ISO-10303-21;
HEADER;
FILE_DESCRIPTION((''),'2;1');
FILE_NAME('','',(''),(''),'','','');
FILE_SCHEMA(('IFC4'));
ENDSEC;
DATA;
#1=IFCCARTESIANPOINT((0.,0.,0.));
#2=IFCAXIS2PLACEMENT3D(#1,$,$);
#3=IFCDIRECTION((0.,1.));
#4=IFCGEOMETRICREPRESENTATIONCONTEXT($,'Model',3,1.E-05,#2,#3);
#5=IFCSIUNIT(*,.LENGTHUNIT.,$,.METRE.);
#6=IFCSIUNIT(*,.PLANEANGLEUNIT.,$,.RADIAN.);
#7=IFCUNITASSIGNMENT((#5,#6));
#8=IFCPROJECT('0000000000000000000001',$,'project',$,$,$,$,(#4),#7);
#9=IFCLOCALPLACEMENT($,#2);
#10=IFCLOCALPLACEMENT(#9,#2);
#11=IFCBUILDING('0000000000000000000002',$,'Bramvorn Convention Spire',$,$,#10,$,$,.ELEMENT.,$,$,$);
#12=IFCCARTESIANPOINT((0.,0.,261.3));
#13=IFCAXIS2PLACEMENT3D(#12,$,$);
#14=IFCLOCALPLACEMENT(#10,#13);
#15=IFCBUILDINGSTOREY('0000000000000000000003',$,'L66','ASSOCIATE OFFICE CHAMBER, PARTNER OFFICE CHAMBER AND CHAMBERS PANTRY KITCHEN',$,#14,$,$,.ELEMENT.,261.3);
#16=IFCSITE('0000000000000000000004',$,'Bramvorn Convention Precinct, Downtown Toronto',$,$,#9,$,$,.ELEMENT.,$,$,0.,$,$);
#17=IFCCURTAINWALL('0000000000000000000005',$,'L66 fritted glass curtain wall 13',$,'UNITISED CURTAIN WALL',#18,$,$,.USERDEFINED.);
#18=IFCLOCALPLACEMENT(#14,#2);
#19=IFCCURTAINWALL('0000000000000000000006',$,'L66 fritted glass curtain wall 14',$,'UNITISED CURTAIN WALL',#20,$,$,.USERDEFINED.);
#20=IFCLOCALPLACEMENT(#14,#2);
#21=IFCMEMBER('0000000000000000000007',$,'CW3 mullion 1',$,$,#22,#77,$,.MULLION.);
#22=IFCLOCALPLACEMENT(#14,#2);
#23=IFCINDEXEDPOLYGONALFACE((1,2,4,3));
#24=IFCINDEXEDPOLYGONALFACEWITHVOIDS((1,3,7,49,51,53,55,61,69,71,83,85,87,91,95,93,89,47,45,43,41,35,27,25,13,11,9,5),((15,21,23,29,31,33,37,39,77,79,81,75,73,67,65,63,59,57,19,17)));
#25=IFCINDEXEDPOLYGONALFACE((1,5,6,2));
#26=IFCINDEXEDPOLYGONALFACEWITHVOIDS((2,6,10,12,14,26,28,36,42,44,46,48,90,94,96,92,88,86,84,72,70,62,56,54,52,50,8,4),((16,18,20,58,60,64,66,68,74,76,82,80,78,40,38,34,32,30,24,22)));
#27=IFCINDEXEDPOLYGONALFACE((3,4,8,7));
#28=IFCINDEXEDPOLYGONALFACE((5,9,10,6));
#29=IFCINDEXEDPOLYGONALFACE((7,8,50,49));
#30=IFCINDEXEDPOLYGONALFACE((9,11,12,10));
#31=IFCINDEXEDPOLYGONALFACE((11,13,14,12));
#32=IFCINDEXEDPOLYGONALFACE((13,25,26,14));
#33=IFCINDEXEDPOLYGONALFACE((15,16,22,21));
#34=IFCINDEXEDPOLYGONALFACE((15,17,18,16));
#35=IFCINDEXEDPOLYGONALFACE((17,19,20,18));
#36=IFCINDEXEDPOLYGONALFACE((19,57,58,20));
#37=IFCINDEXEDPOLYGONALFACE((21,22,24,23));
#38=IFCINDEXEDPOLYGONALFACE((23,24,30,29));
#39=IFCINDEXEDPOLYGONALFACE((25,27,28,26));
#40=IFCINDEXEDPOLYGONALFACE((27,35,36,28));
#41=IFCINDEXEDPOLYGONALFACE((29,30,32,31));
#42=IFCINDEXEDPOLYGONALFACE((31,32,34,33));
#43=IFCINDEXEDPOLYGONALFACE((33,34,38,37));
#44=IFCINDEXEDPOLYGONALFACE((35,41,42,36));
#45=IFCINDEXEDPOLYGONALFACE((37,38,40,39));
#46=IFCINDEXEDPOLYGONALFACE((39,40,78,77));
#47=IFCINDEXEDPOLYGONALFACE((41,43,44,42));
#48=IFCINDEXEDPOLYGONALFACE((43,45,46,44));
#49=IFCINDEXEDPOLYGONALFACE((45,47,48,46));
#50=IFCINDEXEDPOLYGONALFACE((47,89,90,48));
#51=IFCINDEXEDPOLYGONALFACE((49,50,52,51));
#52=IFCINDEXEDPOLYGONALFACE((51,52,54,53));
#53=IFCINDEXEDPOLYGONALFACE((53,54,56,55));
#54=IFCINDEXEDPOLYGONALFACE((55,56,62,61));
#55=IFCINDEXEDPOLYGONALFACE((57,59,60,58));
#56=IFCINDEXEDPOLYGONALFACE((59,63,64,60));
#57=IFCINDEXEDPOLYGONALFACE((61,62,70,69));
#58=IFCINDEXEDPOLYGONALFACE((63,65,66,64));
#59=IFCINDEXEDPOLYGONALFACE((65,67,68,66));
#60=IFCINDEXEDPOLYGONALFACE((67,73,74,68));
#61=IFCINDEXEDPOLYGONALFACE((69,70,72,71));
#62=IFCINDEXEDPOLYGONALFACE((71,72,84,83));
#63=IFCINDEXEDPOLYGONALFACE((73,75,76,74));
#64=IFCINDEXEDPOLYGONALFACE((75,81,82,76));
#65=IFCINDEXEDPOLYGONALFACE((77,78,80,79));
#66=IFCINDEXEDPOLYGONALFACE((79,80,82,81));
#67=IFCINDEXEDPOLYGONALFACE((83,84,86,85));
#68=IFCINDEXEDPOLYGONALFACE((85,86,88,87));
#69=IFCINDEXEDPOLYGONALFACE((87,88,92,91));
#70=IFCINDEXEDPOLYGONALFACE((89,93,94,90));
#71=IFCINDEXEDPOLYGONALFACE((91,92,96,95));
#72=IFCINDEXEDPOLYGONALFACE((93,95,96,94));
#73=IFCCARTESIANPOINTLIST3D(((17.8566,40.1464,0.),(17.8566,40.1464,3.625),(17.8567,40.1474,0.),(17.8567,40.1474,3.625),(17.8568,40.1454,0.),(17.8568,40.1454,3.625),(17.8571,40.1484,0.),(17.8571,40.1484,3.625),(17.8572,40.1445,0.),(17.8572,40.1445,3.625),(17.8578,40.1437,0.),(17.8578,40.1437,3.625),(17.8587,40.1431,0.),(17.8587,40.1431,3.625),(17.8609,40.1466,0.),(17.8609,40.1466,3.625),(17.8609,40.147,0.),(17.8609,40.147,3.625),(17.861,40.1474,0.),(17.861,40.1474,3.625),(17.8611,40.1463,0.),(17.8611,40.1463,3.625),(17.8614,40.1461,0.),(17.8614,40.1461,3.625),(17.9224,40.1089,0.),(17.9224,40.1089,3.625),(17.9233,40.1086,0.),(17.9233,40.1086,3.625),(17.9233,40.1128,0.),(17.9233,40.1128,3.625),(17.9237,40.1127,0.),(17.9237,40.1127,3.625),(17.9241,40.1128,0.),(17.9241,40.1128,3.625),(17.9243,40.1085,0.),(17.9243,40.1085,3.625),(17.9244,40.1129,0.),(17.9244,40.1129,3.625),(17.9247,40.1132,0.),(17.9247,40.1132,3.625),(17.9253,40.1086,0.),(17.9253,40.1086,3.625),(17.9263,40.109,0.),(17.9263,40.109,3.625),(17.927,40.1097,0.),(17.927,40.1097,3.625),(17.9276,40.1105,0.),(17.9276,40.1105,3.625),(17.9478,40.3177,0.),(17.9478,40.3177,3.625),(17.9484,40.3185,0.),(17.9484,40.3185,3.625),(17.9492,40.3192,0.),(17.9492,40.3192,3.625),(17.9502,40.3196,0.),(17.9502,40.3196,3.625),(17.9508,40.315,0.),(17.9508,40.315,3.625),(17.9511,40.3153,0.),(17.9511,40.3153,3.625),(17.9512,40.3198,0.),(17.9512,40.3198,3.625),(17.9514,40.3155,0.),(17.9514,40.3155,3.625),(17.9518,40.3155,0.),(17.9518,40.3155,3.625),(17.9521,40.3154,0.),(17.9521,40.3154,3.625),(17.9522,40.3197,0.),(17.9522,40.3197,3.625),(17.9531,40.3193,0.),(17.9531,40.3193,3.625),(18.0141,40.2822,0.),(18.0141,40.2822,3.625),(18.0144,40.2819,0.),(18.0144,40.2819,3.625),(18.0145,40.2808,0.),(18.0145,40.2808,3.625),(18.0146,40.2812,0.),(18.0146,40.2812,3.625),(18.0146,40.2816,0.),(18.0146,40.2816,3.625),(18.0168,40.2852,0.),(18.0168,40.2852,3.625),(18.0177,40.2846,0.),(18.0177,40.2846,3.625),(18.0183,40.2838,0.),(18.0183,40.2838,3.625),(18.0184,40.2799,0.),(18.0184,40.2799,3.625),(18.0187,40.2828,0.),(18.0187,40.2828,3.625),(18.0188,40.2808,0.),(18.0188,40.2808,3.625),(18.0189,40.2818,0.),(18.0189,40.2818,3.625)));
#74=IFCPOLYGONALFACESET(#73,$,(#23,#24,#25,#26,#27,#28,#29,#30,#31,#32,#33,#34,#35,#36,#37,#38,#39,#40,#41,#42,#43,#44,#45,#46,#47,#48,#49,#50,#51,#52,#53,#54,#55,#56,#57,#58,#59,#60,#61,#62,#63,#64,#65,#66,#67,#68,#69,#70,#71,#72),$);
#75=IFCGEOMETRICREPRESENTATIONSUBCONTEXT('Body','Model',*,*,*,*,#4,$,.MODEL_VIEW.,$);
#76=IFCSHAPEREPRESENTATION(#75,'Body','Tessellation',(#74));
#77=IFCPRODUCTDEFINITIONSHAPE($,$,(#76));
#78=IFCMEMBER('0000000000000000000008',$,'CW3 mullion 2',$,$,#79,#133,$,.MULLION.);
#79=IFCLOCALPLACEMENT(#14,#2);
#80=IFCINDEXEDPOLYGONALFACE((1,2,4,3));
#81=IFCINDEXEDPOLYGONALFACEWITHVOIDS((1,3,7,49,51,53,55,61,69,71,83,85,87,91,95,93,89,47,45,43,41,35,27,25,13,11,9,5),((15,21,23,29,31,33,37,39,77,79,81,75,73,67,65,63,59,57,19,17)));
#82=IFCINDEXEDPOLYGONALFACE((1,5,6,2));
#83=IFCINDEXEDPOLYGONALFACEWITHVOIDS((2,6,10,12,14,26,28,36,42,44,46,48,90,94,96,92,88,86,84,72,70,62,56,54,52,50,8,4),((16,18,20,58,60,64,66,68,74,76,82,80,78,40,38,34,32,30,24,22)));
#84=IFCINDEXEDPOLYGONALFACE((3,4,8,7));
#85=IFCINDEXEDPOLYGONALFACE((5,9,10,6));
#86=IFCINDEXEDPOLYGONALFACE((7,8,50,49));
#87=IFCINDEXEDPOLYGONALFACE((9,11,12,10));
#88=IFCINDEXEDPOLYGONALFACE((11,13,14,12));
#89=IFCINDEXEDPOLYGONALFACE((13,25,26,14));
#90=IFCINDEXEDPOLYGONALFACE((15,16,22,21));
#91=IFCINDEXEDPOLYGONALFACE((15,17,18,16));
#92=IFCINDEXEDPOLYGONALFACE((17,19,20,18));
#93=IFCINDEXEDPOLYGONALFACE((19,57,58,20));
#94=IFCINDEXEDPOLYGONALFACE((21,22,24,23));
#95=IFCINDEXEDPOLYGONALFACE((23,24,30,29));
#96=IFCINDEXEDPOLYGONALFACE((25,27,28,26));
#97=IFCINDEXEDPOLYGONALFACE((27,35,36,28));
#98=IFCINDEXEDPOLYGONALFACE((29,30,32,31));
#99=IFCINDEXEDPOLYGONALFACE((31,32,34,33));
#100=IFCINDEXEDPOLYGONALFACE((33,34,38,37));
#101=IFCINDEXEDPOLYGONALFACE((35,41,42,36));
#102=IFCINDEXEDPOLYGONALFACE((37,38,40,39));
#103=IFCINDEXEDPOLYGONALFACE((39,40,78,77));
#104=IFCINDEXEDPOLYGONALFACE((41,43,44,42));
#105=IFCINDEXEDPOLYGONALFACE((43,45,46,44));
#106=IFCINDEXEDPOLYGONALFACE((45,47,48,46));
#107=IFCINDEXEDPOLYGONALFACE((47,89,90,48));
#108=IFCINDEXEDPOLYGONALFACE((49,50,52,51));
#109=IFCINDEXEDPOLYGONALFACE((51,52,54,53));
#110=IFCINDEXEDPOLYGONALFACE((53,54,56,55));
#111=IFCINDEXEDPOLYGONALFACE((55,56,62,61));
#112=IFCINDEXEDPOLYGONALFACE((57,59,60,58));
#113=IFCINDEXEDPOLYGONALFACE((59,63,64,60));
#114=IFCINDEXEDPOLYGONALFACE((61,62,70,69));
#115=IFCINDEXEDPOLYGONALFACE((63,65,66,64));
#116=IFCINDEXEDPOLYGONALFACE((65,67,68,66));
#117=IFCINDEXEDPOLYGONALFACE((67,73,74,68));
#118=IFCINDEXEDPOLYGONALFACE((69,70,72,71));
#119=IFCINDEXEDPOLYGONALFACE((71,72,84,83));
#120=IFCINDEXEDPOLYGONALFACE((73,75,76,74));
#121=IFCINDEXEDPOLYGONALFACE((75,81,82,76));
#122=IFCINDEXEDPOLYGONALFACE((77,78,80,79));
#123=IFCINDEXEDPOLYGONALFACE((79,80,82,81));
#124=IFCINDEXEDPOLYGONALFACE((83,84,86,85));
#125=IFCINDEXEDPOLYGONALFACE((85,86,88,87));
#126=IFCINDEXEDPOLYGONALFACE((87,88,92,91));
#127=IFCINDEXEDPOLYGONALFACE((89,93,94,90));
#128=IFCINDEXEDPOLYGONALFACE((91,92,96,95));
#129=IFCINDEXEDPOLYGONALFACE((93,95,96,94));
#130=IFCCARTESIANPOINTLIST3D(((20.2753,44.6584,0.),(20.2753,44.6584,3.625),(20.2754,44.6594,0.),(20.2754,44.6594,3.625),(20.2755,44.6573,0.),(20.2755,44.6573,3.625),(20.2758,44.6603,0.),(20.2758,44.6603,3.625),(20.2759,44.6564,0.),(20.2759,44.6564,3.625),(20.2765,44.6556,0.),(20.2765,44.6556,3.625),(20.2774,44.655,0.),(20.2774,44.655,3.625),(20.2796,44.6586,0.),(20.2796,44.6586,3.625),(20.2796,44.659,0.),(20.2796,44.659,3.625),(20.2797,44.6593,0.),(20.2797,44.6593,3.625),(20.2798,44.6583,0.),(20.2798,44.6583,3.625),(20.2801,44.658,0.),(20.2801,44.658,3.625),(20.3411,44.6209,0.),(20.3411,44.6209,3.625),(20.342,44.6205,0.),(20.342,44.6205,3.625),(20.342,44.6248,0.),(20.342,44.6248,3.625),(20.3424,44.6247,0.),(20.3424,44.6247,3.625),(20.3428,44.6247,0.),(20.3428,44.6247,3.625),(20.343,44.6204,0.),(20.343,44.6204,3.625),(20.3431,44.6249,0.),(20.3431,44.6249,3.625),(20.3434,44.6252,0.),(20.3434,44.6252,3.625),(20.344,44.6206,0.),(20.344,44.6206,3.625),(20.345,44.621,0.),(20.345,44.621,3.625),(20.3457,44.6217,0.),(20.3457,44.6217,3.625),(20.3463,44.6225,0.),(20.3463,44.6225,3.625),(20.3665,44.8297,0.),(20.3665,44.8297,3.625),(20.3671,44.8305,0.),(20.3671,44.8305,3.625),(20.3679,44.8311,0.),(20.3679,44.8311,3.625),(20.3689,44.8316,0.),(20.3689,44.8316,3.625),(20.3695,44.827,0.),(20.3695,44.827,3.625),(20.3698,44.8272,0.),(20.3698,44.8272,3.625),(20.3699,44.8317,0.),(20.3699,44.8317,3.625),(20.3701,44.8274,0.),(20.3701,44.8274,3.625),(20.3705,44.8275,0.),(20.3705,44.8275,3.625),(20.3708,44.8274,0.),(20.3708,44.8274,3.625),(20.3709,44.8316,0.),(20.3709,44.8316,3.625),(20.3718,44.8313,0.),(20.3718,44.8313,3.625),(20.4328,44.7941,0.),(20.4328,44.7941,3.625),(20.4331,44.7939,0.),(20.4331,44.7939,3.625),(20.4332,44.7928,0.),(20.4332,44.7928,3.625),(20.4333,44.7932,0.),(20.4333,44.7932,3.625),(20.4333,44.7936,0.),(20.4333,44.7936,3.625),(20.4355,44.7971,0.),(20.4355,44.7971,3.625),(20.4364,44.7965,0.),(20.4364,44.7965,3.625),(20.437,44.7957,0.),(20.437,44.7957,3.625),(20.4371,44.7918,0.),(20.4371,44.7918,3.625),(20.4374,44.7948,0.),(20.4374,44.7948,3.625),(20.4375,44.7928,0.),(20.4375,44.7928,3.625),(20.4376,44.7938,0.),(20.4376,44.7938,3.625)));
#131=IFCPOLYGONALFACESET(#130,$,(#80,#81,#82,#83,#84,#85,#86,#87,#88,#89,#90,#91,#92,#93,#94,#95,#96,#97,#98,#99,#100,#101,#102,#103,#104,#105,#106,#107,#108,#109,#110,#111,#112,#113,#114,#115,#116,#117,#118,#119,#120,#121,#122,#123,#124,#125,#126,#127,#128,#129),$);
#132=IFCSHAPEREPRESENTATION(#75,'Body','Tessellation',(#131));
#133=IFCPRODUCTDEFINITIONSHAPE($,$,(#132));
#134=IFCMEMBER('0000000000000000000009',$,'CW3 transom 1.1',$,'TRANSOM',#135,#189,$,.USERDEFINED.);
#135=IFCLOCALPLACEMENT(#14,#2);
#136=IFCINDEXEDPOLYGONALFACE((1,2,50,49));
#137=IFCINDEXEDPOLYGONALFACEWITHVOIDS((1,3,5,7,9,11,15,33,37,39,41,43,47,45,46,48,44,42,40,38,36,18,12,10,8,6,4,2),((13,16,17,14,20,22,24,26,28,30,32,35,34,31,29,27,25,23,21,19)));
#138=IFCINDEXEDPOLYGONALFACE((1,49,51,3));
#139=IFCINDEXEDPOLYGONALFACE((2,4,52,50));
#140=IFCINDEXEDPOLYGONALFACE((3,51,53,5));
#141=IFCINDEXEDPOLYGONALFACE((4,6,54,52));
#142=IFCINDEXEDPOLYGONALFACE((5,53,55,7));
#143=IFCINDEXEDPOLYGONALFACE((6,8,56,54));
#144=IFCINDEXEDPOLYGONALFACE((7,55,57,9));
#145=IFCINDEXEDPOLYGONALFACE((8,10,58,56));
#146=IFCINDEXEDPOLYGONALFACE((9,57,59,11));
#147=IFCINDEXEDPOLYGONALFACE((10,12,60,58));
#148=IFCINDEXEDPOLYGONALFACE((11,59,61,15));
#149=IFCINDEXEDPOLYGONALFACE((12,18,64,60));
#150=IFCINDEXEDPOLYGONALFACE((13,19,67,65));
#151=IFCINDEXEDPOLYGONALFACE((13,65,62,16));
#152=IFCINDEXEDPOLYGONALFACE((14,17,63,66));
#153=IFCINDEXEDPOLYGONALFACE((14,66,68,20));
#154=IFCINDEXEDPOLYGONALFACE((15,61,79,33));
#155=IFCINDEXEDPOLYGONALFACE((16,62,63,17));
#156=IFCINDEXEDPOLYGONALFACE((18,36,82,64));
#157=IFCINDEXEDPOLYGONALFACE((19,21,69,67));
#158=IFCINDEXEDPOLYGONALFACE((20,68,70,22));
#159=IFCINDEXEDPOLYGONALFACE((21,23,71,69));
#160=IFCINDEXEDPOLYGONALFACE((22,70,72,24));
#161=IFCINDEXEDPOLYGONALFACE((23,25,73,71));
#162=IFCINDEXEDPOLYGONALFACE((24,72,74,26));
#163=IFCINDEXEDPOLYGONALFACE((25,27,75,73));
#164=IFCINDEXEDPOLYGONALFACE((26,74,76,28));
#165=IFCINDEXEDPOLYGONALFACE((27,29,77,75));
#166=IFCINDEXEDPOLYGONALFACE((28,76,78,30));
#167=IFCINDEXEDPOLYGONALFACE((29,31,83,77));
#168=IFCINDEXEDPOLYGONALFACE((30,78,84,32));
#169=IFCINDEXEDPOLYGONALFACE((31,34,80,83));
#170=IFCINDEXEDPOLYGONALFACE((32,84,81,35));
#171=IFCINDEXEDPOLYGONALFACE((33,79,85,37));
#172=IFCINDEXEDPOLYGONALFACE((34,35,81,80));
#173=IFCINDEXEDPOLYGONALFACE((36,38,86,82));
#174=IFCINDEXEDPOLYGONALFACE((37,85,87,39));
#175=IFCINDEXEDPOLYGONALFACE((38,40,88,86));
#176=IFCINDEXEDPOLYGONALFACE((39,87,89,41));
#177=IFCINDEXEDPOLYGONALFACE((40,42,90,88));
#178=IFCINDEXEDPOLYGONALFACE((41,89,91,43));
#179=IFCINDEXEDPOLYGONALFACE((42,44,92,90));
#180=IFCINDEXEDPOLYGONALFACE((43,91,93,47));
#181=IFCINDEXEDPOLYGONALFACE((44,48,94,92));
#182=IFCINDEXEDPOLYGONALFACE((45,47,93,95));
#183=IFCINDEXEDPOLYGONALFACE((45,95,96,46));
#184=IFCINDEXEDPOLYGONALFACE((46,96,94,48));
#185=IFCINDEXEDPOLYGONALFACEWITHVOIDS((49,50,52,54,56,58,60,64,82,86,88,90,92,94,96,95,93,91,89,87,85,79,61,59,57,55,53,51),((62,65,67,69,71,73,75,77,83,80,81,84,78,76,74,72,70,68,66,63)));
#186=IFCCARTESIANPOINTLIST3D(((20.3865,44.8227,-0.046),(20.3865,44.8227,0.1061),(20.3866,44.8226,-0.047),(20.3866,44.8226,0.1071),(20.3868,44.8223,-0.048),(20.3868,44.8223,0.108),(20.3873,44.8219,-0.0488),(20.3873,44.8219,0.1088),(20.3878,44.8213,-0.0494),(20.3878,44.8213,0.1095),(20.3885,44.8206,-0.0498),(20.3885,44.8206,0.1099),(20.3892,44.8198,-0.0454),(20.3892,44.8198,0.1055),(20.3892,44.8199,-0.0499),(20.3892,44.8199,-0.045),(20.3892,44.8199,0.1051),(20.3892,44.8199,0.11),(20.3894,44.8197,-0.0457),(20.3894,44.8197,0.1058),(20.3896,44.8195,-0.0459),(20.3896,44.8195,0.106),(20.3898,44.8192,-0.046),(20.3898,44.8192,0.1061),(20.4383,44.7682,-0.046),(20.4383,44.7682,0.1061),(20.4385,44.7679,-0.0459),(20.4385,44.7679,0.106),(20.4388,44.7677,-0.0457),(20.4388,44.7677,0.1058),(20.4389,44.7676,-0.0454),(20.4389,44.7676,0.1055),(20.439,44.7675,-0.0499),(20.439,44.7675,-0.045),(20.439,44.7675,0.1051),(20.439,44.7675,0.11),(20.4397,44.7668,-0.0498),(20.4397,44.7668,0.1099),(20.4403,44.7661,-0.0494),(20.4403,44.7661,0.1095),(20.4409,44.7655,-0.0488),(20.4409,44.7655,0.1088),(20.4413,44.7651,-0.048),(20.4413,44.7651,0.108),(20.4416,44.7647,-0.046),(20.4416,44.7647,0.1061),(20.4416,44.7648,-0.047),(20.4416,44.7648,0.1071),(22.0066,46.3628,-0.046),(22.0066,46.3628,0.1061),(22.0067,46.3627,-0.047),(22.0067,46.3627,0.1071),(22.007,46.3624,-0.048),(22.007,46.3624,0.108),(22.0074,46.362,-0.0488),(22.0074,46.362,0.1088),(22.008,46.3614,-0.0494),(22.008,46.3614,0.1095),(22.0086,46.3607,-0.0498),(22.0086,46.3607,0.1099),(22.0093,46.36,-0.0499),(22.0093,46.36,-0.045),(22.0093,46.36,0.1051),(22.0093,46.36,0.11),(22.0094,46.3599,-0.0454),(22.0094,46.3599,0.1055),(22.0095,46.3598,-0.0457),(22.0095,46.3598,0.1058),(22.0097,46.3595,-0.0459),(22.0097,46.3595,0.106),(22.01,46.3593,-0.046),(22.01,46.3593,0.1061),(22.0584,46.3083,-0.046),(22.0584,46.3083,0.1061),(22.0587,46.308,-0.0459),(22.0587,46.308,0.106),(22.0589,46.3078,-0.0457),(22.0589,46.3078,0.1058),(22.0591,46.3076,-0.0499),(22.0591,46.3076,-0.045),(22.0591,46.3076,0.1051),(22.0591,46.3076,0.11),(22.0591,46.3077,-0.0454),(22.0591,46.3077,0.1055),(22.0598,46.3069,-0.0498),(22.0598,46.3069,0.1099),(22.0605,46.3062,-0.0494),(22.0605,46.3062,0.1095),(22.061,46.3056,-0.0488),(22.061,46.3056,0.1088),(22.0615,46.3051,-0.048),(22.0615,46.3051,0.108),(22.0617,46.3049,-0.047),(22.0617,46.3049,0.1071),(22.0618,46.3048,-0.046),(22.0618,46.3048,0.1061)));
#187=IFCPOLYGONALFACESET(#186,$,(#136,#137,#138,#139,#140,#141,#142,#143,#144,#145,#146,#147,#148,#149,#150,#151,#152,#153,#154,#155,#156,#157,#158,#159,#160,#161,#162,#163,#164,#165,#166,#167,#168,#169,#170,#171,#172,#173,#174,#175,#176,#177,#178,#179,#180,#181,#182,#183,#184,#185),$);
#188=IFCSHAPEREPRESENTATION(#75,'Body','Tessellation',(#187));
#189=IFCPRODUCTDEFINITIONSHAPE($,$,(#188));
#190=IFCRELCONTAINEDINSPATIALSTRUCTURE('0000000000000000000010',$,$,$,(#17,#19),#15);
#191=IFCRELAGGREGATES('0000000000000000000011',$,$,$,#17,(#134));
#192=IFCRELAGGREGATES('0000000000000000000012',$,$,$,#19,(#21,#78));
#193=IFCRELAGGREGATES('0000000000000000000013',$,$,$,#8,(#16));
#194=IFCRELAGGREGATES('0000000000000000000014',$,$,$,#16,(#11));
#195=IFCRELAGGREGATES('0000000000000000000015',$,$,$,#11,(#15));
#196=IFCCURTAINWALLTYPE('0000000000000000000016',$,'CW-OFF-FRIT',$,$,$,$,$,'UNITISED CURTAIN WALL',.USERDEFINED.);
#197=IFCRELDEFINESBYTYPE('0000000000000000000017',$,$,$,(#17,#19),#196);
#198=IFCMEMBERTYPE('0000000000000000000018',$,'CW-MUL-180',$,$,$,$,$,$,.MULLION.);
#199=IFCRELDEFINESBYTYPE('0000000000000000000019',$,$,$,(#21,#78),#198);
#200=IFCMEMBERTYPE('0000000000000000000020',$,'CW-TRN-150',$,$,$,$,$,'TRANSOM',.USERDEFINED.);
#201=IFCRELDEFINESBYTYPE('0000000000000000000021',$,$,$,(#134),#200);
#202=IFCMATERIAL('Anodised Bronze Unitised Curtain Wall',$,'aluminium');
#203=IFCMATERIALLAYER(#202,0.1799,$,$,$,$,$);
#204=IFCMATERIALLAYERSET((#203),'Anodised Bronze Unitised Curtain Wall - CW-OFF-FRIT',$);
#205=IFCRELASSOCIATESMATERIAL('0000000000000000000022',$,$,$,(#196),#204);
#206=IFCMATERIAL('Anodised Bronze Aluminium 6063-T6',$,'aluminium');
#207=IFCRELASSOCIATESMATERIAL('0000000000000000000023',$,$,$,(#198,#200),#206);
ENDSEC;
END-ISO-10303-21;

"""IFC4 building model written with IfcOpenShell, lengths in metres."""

from ifc_helpers import new_model, si_unit, direction, frame, origin, origin_2d, place, context, subcontext, project, spatial, hollow_rectangle, extrude, material, layer, layer_set, material_profile, profile_set, type_object, element, aggregate, save


model = new_model("IFC4")

# Units and contexts
model_context = context("Model", 3, precision=1e-05, world=origin(), true_north=direction((0.0, 1.0)))
body_context = subcontext(model_context, "Body", "Model", "MODEL_VIEW")
ifc_project = project(units=[si_unit("LENGTHUNIT", "METRE"), si_unit("PLANEANGLEUNIT", "RADIAN")], contexts=[model_context])

# Site, building, storey
site_placement = place(None, origin())
site = spatial("IfcSite", under=ifc_project, at=site_placement, Name="Bramvorn Convention Precinct, Downtown Toronto", CompositionType="ELEMENT", RefElevation=0.0)
building_placement = place(site_placement, origin())
building = spatial("IfcBuilding", under=site, at=building_placement, Name="Bramvorn Convention Spire", CompositionType="ELEMENT")
storey_placement = place(building_placement, frame((0.0, 0.0, 261.3)))
storey = spatial("IfcBuildingStorey", under=building, at=storey_placement, Name="L66", Description="ASSOCIATE OFFICE CHAMBER, PARTNER OFFICE CHAMBER AND CHAMBERS PANTRY KITCHEN", CompositionType="ELEMENT", Elevation=261.3)

# Curtain walls, members
ifc_material_1 = material(Name="Anodised Bronze Unitised Curtain Wall", Category="aluminium")
ifc_layer_1 = layer(ifc_material_1, 0.1799)
ifc_layer_set_1 = layer_set([ifc_layer_1], Name="Anodised Bronze Unitised Curtain Wall - CW-OFF-FRIT")
curtain_wall_type = type_object("IfcCurtainWallType", Name="CW-OFF-FRIT", ElementType="UNITISED CURTAIN WALL", PredefinedType="USERDEFINED", material=ifc_layer_set_1)
curtain_wall_1_placement = place(storey_placement, origin())
curtain_wall_1 = element("IfcCurtainWall", 1, at=curtain_wall_1_placement, inside=storey, type_object=curtain_wall_type, Name="L66 fritted glass curtain wall 13", ObjectType="UNITISED CURTAIN WALL", PredefinedType="USERDEFINED")
ifc_material_2 = material(Name="Anodised Bronze Aluminium 6063-T6", Category="aluminium")
ifc_material_profile_1 = material_profile(ifc_material_2, hollow_rectangle(XDim=0.0801, YDim=0.2, WallThickness=0.0039, InnerFilletRadius=0.001, OuterFilletRadius=0.0039, at=origin_2d()))
ifc_profile_set_1 = profile_set([ifc_material_profile_1], Name="Anodised Bronze Aluminium 6063-T6 - CWM80X200")
member_type_1 = type_object("IfcMemberType", Name="CW-MUL-180", PredefinedType="MULLION", material=ifc_profile_set_1)
curtain_wall_2_placement = place(storey_placement, origin())
curtain_wall_2 = element("IfcCurtainWall", 2, at=curtain_wall_2_placement, inside=storey, type_object=curtain_wall_type, Name="L66 fritted glass curtain wall 14", ObjectType="UNITISED CURTAIN WALL", PredefinedType="USERDEFINED")
member_1_placement = place(storey_placement, frame((17.9377, 40.2141, 0.0), z_axis=(0.0, 0.0, 1.0), x_axis=(-0.881349, 0.472465, 0.0)))
member_1 = element("IfcMember", 3, at=member_1_placement, type_object=member_type_1, Name="CW3 mullion 1", PredefinedType="MULLION", context=body_context, shape_type="SweptSolid", body=[
    extrude(hollow_rectangle(XDim=0.0801, YDim=0.2, WallThickness=0.0039, InnerFilletRadius=0.001, OuterFilletRadius=0.0039, at=origin_2d()), origin(), (0.0, 0.0, 1.0), 3.625),
])
member_2_placement = place(storey_placement, frame((20.3564, 44.7261, 0.0), z_axis=(0.0, 0.0, 1.0), x_axis=(-0.881349, 0.472465, 0.0)))
member_2 = element("IfcMember", 4, at=member_2_placement, type_object=member_type_1, Name="CW3 mullion 2", PredefinedType="MULLION", context=body_context, shape_type="SweptSolid", body=[
    extrude(hollow_rectangle(XDim=0.0801, YDim=0.2, WallThickness=0.0039, InnerFilletRadius=0.001, OuterFilletRadius=0.0039, at=origin_2d()), origin(), (0.0, 0.0, 1.0), 3.625),
])

# Member
ifc_material_profile_2 = material_profile(ifc_material_2, hollow_rectangle(XDim=0.0801, YDim=0.1599, WallThickness=0.0039, InnerFilletRadius=0.001, OuterFilletRadius=0.0039, at=origin_2d()))
ifc_profile_set_2 = profile_set([ifc_material_profile_2], Name="Anodised Bronze Aluminium 6063-T6 - CWT80X160")
member_type_2 = type_object("IfcMemberType", Name="CW-TRN-150", ElementType="TRANSOM", PredefinedType="USERDEFINED", material=ifc_profile_set_2)
member_3_placement = place(storey_placement, frame((20.4141, 44.7937, 0.03), z_axis=(0.724792, 0.688968, 0.0), x_axis=(-0.688968, 0.724792, 0.0)))
member_3 = element("IfcMember", 5, at=member_3_placement, type_object=member_type_2, Name="CW3 transom 1.1", ObjectType="TRANSOM", PredefinedType="USERDEFINED", context=body_context, shape_type="SweptSolid", body=[
    extrude(hollow_rectangle(XDim=0.0801, YDim=0.1599, WallThickness=0.0039, InnerFilletRadius=0.001, OuterFilletRadius=0.0039, at=origin_2d()), origin(), (0.0, 0.0, 1.0), 2.2354),
])

aggregate(curtain_wall_1, [member_3])
aggregate(curtain_wall_2, [member_1, member_2])

save(model, "model.ifc")
